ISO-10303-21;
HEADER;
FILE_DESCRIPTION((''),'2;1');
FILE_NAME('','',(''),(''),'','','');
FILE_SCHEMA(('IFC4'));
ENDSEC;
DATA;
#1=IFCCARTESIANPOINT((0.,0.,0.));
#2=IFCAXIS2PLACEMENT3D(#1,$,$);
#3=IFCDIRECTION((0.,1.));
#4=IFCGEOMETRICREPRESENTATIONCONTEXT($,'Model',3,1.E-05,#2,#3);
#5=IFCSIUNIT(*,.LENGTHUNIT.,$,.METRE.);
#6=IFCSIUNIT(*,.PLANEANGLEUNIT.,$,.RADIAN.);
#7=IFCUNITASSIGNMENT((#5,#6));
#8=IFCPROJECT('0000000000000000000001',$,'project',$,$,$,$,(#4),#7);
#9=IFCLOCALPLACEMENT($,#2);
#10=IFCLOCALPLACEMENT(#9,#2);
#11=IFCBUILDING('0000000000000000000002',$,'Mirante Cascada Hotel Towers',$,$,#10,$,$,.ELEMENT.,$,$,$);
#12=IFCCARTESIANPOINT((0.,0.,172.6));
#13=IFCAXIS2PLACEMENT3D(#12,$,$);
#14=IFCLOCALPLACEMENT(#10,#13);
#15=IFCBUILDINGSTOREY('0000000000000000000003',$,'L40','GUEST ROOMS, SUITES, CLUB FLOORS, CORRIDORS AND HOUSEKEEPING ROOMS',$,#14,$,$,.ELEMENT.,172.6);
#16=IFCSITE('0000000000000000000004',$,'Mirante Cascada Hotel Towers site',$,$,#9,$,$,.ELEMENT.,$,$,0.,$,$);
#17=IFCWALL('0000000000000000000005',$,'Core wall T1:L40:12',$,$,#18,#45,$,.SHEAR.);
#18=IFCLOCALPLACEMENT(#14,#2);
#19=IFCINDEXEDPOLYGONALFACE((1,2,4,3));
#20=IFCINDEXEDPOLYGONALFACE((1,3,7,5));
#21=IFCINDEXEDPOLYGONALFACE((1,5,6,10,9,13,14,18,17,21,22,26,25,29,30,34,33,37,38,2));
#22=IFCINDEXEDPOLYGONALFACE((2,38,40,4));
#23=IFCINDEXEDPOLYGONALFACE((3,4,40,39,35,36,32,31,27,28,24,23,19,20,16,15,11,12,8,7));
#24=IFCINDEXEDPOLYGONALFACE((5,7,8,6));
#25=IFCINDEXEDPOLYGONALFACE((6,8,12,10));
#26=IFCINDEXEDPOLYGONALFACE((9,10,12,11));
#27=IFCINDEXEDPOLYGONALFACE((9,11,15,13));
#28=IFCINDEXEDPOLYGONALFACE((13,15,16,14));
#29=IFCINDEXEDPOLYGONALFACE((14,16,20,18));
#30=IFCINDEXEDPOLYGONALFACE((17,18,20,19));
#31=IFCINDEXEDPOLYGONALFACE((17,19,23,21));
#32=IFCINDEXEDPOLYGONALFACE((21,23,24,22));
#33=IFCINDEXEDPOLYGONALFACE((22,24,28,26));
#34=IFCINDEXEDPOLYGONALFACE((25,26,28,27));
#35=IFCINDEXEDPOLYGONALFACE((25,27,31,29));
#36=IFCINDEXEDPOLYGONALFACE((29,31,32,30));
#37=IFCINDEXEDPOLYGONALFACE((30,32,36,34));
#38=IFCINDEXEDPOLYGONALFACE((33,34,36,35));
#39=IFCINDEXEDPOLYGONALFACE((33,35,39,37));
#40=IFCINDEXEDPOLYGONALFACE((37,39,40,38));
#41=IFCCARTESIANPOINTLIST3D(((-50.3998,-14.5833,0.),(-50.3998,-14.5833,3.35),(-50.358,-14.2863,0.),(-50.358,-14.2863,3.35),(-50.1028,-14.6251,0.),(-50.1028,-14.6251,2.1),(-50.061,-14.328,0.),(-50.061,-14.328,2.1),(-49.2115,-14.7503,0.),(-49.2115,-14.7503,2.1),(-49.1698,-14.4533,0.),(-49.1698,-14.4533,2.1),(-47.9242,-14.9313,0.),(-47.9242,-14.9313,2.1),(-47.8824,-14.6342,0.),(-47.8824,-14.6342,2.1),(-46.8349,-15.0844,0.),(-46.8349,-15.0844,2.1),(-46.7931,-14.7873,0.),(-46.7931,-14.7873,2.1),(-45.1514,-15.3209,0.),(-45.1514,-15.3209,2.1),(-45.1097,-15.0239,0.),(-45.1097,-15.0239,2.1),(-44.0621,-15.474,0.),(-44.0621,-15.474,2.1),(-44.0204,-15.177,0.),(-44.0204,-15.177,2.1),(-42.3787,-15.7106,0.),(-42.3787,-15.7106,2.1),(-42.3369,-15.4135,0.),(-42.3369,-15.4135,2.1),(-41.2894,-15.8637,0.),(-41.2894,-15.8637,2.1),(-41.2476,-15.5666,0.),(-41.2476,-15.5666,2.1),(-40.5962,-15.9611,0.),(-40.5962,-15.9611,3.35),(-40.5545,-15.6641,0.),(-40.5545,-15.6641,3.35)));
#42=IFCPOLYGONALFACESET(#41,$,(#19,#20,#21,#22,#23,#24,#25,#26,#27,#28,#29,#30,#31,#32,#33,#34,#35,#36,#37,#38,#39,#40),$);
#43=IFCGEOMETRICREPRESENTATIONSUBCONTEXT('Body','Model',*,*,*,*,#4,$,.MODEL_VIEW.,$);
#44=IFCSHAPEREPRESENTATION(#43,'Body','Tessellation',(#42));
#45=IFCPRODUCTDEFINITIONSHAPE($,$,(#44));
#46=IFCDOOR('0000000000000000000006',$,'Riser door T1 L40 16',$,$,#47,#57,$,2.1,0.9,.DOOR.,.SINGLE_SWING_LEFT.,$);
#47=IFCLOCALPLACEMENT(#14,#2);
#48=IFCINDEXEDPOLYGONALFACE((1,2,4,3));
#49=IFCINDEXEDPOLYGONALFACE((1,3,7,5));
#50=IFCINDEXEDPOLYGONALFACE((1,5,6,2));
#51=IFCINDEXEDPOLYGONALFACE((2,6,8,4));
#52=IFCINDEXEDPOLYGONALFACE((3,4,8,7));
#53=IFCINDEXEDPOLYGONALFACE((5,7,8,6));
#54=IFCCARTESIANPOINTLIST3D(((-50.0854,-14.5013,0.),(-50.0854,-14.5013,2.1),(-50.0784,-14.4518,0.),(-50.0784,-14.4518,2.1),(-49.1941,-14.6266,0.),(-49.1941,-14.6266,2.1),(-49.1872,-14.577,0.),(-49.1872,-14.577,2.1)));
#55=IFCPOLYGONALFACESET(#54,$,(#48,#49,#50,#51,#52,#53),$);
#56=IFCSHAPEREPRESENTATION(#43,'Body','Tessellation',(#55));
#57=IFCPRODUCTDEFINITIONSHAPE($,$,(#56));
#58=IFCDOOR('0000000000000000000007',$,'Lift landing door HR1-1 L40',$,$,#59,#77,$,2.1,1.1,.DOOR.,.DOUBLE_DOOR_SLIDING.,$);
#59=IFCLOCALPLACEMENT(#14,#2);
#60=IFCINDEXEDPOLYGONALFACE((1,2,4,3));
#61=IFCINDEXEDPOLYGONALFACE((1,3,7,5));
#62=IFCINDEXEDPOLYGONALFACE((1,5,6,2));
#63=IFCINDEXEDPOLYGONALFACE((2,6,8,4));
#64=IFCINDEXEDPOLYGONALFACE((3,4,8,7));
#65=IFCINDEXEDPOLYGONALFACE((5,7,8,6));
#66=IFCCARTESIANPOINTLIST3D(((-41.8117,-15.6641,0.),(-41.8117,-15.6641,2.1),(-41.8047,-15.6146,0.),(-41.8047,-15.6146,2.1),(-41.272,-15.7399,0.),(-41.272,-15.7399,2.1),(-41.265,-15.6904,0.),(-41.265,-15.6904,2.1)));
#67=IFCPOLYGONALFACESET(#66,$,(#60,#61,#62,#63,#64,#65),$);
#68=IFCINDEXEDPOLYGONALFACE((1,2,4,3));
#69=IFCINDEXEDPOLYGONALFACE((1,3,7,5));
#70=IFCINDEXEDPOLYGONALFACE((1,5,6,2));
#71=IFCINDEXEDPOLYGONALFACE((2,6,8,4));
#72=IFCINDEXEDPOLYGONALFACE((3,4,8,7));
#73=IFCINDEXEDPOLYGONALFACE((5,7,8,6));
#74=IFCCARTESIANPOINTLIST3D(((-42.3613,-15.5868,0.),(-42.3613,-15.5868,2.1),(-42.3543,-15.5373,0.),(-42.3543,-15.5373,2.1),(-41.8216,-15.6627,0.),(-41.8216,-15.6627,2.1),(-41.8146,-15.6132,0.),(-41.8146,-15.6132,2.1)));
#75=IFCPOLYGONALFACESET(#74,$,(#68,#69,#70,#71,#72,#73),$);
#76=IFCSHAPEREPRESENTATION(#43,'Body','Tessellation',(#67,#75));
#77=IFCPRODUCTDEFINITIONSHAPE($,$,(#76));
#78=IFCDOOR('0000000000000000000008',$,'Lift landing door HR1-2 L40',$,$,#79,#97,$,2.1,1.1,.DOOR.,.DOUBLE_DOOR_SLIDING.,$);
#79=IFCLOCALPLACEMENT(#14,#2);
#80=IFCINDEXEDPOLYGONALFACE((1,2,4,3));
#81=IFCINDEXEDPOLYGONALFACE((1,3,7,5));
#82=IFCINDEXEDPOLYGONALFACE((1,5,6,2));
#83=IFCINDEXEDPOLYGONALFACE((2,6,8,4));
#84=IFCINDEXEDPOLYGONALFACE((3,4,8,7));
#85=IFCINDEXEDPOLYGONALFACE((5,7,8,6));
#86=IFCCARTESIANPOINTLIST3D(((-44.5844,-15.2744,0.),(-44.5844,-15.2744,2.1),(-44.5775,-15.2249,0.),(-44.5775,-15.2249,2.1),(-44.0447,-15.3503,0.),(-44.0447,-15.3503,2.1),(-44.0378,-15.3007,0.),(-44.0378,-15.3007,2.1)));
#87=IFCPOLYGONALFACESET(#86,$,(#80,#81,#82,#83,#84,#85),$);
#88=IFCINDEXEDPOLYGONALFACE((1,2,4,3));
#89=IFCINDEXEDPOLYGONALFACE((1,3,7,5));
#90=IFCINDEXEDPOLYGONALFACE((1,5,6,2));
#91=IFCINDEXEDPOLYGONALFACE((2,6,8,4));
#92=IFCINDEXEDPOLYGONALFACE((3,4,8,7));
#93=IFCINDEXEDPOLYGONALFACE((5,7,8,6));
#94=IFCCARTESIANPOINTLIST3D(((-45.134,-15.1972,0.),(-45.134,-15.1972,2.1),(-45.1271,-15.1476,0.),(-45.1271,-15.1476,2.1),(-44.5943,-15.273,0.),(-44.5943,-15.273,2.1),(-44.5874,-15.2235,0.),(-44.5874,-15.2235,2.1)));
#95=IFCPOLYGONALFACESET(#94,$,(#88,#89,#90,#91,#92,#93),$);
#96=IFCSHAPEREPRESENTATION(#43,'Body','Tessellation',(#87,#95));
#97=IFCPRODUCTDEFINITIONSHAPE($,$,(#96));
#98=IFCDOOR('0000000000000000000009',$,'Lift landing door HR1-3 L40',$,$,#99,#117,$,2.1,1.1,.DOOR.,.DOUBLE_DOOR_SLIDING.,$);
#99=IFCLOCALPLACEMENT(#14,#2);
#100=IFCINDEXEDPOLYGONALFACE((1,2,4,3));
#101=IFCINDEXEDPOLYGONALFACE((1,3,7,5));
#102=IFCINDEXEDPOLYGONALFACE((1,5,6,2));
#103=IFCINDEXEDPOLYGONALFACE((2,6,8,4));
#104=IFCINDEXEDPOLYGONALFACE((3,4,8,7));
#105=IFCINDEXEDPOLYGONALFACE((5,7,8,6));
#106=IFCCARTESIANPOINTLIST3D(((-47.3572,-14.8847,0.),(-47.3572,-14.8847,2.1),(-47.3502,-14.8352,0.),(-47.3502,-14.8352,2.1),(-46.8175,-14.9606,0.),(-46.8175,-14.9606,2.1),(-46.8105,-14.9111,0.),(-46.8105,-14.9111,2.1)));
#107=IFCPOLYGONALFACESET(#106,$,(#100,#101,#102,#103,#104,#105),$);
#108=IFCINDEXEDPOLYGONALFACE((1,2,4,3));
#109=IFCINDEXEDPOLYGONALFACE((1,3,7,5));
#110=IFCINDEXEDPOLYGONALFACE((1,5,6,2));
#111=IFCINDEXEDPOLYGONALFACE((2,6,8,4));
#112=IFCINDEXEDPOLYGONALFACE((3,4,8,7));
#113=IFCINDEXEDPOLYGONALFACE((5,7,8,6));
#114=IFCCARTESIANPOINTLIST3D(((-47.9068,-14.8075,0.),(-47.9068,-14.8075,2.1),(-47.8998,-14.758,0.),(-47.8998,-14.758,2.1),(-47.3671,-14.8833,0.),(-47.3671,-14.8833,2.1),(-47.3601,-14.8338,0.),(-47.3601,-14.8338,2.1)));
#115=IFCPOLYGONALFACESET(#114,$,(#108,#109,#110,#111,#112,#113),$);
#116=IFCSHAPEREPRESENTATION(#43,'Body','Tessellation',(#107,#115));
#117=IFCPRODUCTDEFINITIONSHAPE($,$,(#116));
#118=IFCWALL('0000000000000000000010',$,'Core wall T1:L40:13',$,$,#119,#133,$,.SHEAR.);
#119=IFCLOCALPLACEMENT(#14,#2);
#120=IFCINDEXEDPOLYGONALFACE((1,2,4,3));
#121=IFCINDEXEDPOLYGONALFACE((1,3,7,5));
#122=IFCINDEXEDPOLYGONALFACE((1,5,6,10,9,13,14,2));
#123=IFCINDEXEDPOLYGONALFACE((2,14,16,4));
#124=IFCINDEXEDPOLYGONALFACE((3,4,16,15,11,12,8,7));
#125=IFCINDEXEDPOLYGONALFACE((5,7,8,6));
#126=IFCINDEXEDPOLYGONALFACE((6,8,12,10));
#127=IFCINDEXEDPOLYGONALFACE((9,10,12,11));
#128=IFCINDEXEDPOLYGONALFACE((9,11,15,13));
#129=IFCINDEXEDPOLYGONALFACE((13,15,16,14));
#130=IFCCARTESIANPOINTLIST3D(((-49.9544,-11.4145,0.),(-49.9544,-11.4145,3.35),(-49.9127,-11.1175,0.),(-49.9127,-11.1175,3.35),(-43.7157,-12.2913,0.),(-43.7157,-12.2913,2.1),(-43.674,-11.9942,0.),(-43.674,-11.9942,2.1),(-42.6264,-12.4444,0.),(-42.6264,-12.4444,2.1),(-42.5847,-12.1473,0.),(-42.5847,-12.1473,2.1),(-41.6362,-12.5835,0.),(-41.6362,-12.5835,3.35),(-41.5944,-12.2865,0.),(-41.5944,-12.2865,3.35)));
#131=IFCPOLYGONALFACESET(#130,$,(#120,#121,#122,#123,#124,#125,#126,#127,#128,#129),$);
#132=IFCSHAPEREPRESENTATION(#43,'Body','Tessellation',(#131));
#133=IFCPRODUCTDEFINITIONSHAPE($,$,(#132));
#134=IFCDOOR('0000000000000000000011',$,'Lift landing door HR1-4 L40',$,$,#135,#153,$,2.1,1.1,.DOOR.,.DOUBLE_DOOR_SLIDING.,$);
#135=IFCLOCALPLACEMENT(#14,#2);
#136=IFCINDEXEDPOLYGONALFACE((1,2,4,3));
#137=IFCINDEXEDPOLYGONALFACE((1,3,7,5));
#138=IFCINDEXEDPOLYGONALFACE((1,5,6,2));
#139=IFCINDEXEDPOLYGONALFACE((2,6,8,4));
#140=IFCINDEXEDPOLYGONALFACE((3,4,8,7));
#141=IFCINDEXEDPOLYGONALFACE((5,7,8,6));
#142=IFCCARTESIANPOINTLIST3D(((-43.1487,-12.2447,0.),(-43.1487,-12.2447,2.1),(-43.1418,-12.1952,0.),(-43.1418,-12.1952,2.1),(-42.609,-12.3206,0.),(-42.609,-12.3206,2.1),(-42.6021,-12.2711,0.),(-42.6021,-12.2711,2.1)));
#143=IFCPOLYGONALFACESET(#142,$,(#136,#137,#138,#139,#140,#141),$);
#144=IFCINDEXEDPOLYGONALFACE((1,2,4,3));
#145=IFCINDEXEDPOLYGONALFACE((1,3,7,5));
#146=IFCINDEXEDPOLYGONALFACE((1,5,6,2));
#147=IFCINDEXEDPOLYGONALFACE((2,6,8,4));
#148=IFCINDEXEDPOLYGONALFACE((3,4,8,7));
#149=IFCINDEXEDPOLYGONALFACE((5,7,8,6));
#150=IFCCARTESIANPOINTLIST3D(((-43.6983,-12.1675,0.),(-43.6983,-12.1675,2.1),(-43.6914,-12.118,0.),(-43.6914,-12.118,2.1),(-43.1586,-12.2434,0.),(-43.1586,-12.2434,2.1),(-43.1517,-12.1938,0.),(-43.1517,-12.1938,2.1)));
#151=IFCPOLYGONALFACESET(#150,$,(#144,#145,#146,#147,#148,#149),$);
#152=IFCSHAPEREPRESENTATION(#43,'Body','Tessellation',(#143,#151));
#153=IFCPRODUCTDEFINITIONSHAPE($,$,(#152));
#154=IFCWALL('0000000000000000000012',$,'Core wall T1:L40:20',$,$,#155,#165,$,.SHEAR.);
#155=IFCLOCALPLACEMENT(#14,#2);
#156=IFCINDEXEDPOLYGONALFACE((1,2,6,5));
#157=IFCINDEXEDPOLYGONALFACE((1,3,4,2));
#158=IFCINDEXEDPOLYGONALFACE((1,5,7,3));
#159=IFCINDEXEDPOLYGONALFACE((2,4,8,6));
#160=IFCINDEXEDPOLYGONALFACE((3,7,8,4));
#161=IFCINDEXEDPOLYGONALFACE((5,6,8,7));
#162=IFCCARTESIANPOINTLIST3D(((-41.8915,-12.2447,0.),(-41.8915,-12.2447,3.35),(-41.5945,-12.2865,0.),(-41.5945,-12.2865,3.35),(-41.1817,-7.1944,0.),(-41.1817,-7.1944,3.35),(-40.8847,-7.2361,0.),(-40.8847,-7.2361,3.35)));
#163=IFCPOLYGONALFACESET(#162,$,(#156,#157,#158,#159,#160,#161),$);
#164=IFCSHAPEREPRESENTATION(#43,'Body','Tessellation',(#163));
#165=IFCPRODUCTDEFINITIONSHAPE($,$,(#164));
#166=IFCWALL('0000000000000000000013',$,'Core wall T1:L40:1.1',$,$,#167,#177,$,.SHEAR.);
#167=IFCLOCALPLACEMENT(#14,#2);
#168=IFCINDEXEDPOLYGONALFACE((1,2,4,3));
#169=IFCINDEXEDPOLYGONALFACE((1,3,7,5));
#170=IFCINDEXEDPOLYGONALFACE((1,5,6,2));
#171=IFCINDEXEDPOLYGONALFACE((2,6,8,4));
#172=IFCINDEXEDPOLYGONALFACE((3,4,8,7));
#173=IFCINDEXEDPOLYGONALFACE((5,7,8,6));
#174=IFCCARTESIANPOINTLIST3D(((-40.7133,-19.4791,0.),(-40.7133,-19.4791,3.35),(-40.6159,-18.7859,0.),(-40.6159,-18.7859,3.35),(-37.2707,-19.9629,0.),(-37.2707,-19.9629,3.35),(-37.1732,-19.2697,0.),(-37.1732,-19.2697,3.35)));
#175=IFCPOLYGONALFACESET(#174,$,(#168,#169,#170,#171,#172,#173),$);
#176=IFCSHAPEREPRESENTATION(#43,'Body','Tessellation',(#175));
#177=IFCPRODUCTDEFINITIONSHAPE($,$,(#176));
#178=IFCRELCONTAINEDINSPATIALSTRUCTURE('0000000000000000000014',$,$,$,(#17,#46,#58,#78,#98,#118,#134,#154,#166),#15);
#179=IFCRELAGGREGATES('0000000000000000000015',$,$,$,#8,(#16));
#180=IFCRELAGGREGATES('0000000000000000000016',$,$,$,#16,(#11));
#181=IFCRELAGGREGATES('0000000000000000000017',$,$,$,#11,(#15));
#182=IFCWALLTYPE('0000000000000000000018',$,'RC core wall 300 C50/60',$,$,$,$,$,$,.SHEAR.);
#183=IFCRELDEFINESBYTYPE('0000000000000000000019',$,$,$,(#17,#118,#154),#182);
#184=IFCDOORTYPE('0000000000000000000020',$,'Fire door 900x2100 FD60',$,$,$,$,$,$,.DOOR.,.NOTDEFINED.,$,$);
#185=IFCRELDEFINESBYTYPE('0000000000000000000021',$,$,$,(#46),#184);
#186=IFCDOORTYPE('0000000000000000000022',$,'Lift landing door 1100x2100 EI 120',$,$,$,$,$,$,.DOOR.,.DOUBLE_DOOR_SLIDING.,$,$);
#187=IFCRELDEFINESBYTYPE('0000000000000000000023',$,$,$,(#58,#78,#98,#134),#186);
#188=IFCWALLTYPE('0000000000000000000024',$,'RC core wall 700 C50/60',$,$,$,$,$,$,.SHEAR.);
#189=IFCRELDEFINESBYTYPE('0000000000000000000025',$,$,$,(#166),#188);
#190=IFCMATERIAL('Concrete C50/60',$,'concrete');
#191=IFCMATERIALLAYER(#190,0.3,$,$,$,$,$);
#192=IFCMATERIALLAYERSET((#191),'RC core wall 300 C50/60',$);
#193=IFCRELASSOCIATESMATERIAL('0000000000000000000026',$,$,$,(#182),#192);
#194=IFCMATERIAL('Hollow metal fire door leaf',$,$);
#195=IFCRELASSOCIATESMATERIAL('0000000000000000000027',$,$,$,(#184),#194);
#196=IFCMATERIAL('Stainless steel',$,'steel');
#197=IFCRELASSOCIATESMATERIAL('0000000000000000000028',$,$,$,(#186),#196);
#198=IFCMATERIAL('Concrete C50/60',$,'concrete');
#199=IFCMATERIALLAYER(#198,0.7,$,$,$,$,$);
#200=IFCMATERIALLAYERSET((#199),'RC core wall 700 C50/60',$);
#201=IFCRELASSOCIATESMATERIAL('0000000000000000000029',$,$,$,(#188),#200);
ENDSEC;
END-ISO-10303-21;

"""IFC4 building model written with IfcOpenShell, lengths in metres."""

from ifc_helpers import new_model, si_unit, direction, frame, frame_2d, origin, place, context, subcontext, project, spatial, rectangle, extrude, material, layer, layer_set, type_object, element, fill, save


model = new_model("IFC4")

# Units and contexts
model_context = context("Model", 3, precision=1e-05, world=origin(), true_north=direction((0.0, 1.0)))
body_context = subcontext(model_context, "Body", "Model", "MODEL_VIEW")
ifc_project = project(units=[si_unit("LENGTHUNIT", "METRE"), si_unit("PLANEANGLEUNIT", "RADIAN")], contexts=[model_context])

# Site, building, storey
site_placement = place(None, origin())
site = spatial("IfcSite", under=ifc_project, at=site_placement, Name="Mirante Cascada Hotel Towers site", CompositionType="ELEMENT", RefElevation=0.0)
building_placement = place(site_placement, origin())
building = spatial("IfcBuilding", under=site, at=building_placement, Name="Mirante Cascada Hotel Towers", CompositionType="ELEMENT")
storey_placement = place(building_placement, frame((0.0, 0.0, 172.6)))
storey = spatial("IfcBuildingStorey", under=building, at=storey_placement, Name="L40", Description="GUEST ROOMS, SUITES, CLUB FLOORS, CORRIDORS AND HOUSEKEEPING ROOMS", CompositionType="ELEMENT", Elevation=172.6)

# Shared definitions
ifc_material_1 = material(Name="Concrete C50/60", Category="concrete")
ifc_layer_1 = layer(ifc_material_1, 0.3)
ifc_layer_set_1 = layer_set([ifc_layer_1], Name="RC core wall 300 C50/60")
wall_type_1 = type_object("IfcWallType", Name="RC core wall 300 C50/60", PredefinedType="SHEAR", material=ifc_layer_set_1)

# Wall, openings, doors
wall_1_placement = place(storey_placement, frame((-40.5753, -15.8126, 0.0), z_axis=(0.0, 0.0, 1.0), x_axis=(-0.990268, 0.139173, 0.0)))
wall_1 = element("IfcWall", 1, at=wall_1_placement, inside=storey, type_object=wall_type_1, Name="Core wall T1:L40:12", PredefinedType="SHEAR", context=body_context, shape_type="SweptSolid", body=[
    extrude(rectangle(XDim=9.8999, YDim=0.3, at=frame_2d((4.95, 0.0))), origin(), (0.0, 0.0, 1.0), 3.35),
])
opening_1_placement = place(wall_1_placement, frame((0.7, 0.0, 0.0)))
opening_1 = element("IfcOpeningElement", 2, at=opening_1_placement, cuts=wall_1, PredefinedType="OPENING", context=body_context, shape_type="SweptSolid", body=[
    extrude(rectangle(XDim=1.1, YDim=2.1, at=frame_2d((0.55, 1.05))), frame((0.0, 0.15, 0.0), z_axis=(0.0, -1.0, 0.0), x_axis=(1.0, 0.0, 0.0)), (0.0, 0.0, 1.0), 0.3),
])
opening_2_placement = place(wall_1_placement, frame((3.5, 0.0, 0.0)))
opening_2 = element("IfcOpeningElement", 3, at=opening_2_placement, cuts=wall_1, PredefinedType="OPENING", context=body_context, shape_type="SweptSolid", body=[
    extrude(rectangle(XDim=1.1, YDim=2.1, at=frame_2d((0.55, 1.05))), frame((0.0, 0.15, 0.0), z_axis=(0.0, -1.0, 0.0), x_axis=(1.0, 0.0, 0.0)), (0.0, 0.0, 1.0), 0.3),
])
opening_3_placement = place(wall_1_placement, frame((6.3, 0.0, 0.0)))
opening_3 = element("IfcOpeningElement", 4, at=opening_3_placement, cuts=wall_1, PredefinedType="OPENING", context=body_context, shape_type="SweptSolid", body=[
    extrude(rectangle(XDim=1.1, YDim=2.1, at=frame_2d((0.55, 1.05))), frame((0.0, 0.15, 0.0), z_axis=(0.0, -1.0, 0.0), x_axis=(1.0, 0.0, 0.0)), (0.0, 0.0, 1.0), 0.3),
])
opening_4_placement = place(wall_1_placement, frame((8.7, 0.0, 0.0)))
opening_4 = element("IfcOpeningElement", 5, at=opening_4_placement, cuts=wall_1, PredefinedType="OPENING", context=body_context, shape_type="SweptSolid", body=[
    extrude(rectangle(XDim=0.9, YDim=2.1, at=frame_2d((0.45, 1.05))), frame((0.0, 0.15, 0.0), z_axis=(0.0, -1.0, 0.0), x_axis=(1.0, 0.0, 0.0)), (0.0, 0.0, 1.0), 0.3),
])
ifc_material_2 = material(Name="Hollow metal fire door leaf")
door_type_1 = type_object("IfcDoorType", Name="Fire door 900x2100 FD60", OperationType="NOTDEFINED", PredefinedType="DOOR", material=ifc_material_2)
door_1_placement = place(opening_4_placement, origin())
door_1 = element("IfcDoor", 6, at=door_1_placement, inside=storey, type_object=door_type_1, Name="Riser door T1 L40 16", OperationType="SINGLE_SWING_LEFT", OverallHeight=2.1, OverallWidth=0.9, PredefinedType="DOOR", context=body_context, shape_type="SweptSolid", body=[
    extrude(rectangle(XDim=0.9, YDim=2.1, at=frame_2d((0.45, 1.05))), frame((0.0, 0.025, 0.0), z_axis=(0.0, -1.0, 0.0), x_axis=(1.0, 0.0, 0.0)), (0.0, 0.0, 1.0), 0.05),
])
fill(opening_4, door_1)
ifc_material_3 = material(Name="Stainless steel", Category="steel")
door_type_2 = type_object("IfcDoorType", Name="Lift landing door 1100x2100 EI 120", OperationType="DOUBLE_DOOR_SLIDING", PredefinedType="DOOR", material=ifc_material_3)
door_2_placement = place(opening_1_placement, origin())
door_2 = element("IfcDoor", 7, at=door_2_placement, inside=storey, type_object=door_type_2, Name="Lift landing door HR1-1 L40", OperationType="DOUBLE_DOOR_SLIDING", OverallHeight=2.1, OverallWidth=1.1, PredefinedType="DOOR", context=body_context, shape_type="SweptSolid", body=[
    extrude(rectangle(XDim=0.545, YDim=2.1, at=frame_2d((0.2725, 1.05))), frame((0.0, 0.025, 0.0), z_axis=(0.0, -1.0, 0.0), x_axis=(1.0, 0.0, 0.0)), (0.0, 0.0, 1.0), 0.05),
    extrude(rectangle(XDim=0.545, YDim=2.1, at=frame_2d((0.8275, 1.05))), frame((0.0, 0.025, 0.0), z_axis=(0.0, -1.0, 0.0), x_axis=(1.0, 0.0, 0.0)), (0.0, 0.0, 1.0), 0.05),
])
fill(opening_1, door_2)
door_3_placement = place(opening_2_placement, origin())
door_3 = element("IfcDoor", 8, at=door_3_placement, inside=storey, type_object=door_type_2, Name="Lift landing door HR1-2 L40", OperationType="DOUBLE_DOOR_SLIDING", OverallHeight=2.1, OverallWidth=1.1, PredefinedType="DOOR", context=body_context, shape_type="SweptSolid", body=[
    extrude(rectangle(XDim=0.545, YDim=2.1, at=frame_2d((0.2725, 1.05))), frame((0.0, 0.025, 0.0), z_axis=(0.0, -1.0, 0.0), x_axis=(1.0, 0.0, 0.0)), (0.0, 0.0, 1.0), 0.05),
    extrude(rectangle(XDim=0.545, YDim=2.1, at=frame_2d((0.8275, 1.05))), frame((0.0, 0.025, 0.0), z_axis=(0.0, -1.0, 0.0), x_axis=(1.0, 0.0, 0.0)), (0.0, 0.0, 1.0), 0.05),
])
fill(opening_2, door_3)
door_4_placement = place(opening_3_placement, origin())
door_4 = element("IfcDoor", 9, at=door_4_placement, inside=storey, type_object=door_type_2, Name="Lift landing door HR1-3 L40", OperationType="DOUBLE_DOOR_SLIDING", OverallHeight=2.1, OverallWidth=1.1, PredefinedType="DOOR", context=body_context, shape_type="SweptSolid", body=[
    extrude(rectangle(XDim=0.545, YDim=2.1, at=frame_2d((0.2725, 1.05))), frame((0.0, 0.025, 0.0), z_axis=(0.0, -1.0, 0.0), x_axis=(1.0, 0.0, 0.0)), (0.0, 0.0, 1.0), 0.05),
    extrude(rectangle(XDim=0.545, YDim=2.1, at=frame_2d((0.8275, 1.05))), frame((0.0, 0.025, 0.0), z_axis=(0.0, -1.0, 0.0), x_axis=(1.0, 0.0, 0.0)), (0.0, 0.0, 1.0), 0.05),
])
fill(opening_3, door_4)

# Wall, opening, door
wall_2_placement = place(storey_placement, frame((-41.6153, -12.435, 0.0), z_axis=(0.0, 0.0, 1.0), x_axis=(-0.990269, 0.139166, 0.0)))
wall_2 = element("IfcWall", 10, at=wall_2_placement, inside=storey, type_object=wall_type_1, Name="Core wall T1:L40:13", PredefinedType="SHEAR", context=body_context, shape_type="SweptSolid", body=[
    extrude(rectangle(XDim=8.4, YDim=0.3, at=frame_2d((4.2, 0.0))), origin(), (0.0, 0.0, 1.0), 3.35),
])
opening_5_placement = place(wall_2_placement, frame((1.0, 0.0, 0.0)))
opening_5 = element("IfcOpeningElement", 11, at=opening_5_placement, cuts=wall_2, PredefinedType="OPENING", context=body_context, shape_type="SweptSolid", body=[
    extrude(rectangle(XDim=1.1, YDim=2.1, at=frame_2d((0.55, 1.05))), frame((0.0, 0.15, 0.0), z_axis=(0.0, -1.0, 0.0), x_axis=(1.0, 0.0, 0.0)), (0.0, 0.0, 1.0), 0.3),
])
door_5_placement = place(opening_5_placement, origin())
door_5 = element("IfcDoor", 12, at=door_5_placement, inside=storey, type_object=door_type_2, Name="Lift landing door HR1-4 L40", OperationType="DOUBLE_DOOR_SLIDING", OverallHeight=2.1, OverallWidth=1.1, PredefinedType="DOOR", context=body_context, shape_type="SweptSolid", body=[
    extrude(rectangle(XDim=0.545, YDim=2.1, at=frame_2d((0.2725, 1.05))), frame((0.0, 0.025, 0.0), z_axis=(0.0, -1.0, 0.0), x_axis=(1.0, 0.0, 0.0)), (0.0, 0.0, 1.0), 0.05),
    extrude(rectangle(XDim=0.545, YDim=2.1, at=frame_2d((0.8275, 1.05))), frame((0.0, 0.025, 0.0), z_axis=(0.0, -1.0, 0.0), x_axis=(1.0, 0.0, 0.0)), (0.0, 0.0, 1.0), 0.05),
])
fill(opening_5, door_5)

# Walls
wall_3_placement = place(storey_placement, frame((-41.743, -12.2656, 0.0), z_axis=(0.0, 0.0, 1.0), x_axis=(0.139176, 0.990268, 0.0)))
element("IfcWall", 13, at=wall_3_placement, inside=storey, type_object=wall_type_1, Name="Core wall T1:L40:20", PredefinedType="SHEAR", context=body_context, shape_type="SweptSolid", body=[
    extrude(rectangle(XDim=5.1, YDim=0.3, at=frame_2d((2.55, 0.0))), origin(), (0.0, 0.0, 1.0), 3.35),
])
ifc_material_4 = material(Name="Concrete C50/60", Category="concrete")
ifc_layer_2 = layer(ifc_material_4, 0.7)
ifc_layer_set_2 = layer_set([ifc_layer_2], Name="RC core wall 700 C50/60")
wall_type_2 = type_object("IfcWallType", Name="RC core wall 700 C50/60", PredefinedType="SHEAR", material=ifc_layer_set_2)
wall_4_placement = place(storey_placement, frame((-37.222, -19.6163, 0.0), z_axis=(0.0, 0.0, 1.0), x_axis=(-0.99027, 0.139162, 0.0)))
element("IfcWall", 14, at=wall_4_placement, inside=storey, type_object=wall_type_2, Name="Core wall T1:L40:1.1", PredefinedType="SHEAR", context=body_context, shape_type="SweptSolid", body=[
    extrude(rectangle(XDim=3.4765, YDim=0.7, at=frame_2d((1.7382, 0.0))), origin(), (0.0, 0.0, 1.0), 3.35),
])

save(model, "model.ifc")
